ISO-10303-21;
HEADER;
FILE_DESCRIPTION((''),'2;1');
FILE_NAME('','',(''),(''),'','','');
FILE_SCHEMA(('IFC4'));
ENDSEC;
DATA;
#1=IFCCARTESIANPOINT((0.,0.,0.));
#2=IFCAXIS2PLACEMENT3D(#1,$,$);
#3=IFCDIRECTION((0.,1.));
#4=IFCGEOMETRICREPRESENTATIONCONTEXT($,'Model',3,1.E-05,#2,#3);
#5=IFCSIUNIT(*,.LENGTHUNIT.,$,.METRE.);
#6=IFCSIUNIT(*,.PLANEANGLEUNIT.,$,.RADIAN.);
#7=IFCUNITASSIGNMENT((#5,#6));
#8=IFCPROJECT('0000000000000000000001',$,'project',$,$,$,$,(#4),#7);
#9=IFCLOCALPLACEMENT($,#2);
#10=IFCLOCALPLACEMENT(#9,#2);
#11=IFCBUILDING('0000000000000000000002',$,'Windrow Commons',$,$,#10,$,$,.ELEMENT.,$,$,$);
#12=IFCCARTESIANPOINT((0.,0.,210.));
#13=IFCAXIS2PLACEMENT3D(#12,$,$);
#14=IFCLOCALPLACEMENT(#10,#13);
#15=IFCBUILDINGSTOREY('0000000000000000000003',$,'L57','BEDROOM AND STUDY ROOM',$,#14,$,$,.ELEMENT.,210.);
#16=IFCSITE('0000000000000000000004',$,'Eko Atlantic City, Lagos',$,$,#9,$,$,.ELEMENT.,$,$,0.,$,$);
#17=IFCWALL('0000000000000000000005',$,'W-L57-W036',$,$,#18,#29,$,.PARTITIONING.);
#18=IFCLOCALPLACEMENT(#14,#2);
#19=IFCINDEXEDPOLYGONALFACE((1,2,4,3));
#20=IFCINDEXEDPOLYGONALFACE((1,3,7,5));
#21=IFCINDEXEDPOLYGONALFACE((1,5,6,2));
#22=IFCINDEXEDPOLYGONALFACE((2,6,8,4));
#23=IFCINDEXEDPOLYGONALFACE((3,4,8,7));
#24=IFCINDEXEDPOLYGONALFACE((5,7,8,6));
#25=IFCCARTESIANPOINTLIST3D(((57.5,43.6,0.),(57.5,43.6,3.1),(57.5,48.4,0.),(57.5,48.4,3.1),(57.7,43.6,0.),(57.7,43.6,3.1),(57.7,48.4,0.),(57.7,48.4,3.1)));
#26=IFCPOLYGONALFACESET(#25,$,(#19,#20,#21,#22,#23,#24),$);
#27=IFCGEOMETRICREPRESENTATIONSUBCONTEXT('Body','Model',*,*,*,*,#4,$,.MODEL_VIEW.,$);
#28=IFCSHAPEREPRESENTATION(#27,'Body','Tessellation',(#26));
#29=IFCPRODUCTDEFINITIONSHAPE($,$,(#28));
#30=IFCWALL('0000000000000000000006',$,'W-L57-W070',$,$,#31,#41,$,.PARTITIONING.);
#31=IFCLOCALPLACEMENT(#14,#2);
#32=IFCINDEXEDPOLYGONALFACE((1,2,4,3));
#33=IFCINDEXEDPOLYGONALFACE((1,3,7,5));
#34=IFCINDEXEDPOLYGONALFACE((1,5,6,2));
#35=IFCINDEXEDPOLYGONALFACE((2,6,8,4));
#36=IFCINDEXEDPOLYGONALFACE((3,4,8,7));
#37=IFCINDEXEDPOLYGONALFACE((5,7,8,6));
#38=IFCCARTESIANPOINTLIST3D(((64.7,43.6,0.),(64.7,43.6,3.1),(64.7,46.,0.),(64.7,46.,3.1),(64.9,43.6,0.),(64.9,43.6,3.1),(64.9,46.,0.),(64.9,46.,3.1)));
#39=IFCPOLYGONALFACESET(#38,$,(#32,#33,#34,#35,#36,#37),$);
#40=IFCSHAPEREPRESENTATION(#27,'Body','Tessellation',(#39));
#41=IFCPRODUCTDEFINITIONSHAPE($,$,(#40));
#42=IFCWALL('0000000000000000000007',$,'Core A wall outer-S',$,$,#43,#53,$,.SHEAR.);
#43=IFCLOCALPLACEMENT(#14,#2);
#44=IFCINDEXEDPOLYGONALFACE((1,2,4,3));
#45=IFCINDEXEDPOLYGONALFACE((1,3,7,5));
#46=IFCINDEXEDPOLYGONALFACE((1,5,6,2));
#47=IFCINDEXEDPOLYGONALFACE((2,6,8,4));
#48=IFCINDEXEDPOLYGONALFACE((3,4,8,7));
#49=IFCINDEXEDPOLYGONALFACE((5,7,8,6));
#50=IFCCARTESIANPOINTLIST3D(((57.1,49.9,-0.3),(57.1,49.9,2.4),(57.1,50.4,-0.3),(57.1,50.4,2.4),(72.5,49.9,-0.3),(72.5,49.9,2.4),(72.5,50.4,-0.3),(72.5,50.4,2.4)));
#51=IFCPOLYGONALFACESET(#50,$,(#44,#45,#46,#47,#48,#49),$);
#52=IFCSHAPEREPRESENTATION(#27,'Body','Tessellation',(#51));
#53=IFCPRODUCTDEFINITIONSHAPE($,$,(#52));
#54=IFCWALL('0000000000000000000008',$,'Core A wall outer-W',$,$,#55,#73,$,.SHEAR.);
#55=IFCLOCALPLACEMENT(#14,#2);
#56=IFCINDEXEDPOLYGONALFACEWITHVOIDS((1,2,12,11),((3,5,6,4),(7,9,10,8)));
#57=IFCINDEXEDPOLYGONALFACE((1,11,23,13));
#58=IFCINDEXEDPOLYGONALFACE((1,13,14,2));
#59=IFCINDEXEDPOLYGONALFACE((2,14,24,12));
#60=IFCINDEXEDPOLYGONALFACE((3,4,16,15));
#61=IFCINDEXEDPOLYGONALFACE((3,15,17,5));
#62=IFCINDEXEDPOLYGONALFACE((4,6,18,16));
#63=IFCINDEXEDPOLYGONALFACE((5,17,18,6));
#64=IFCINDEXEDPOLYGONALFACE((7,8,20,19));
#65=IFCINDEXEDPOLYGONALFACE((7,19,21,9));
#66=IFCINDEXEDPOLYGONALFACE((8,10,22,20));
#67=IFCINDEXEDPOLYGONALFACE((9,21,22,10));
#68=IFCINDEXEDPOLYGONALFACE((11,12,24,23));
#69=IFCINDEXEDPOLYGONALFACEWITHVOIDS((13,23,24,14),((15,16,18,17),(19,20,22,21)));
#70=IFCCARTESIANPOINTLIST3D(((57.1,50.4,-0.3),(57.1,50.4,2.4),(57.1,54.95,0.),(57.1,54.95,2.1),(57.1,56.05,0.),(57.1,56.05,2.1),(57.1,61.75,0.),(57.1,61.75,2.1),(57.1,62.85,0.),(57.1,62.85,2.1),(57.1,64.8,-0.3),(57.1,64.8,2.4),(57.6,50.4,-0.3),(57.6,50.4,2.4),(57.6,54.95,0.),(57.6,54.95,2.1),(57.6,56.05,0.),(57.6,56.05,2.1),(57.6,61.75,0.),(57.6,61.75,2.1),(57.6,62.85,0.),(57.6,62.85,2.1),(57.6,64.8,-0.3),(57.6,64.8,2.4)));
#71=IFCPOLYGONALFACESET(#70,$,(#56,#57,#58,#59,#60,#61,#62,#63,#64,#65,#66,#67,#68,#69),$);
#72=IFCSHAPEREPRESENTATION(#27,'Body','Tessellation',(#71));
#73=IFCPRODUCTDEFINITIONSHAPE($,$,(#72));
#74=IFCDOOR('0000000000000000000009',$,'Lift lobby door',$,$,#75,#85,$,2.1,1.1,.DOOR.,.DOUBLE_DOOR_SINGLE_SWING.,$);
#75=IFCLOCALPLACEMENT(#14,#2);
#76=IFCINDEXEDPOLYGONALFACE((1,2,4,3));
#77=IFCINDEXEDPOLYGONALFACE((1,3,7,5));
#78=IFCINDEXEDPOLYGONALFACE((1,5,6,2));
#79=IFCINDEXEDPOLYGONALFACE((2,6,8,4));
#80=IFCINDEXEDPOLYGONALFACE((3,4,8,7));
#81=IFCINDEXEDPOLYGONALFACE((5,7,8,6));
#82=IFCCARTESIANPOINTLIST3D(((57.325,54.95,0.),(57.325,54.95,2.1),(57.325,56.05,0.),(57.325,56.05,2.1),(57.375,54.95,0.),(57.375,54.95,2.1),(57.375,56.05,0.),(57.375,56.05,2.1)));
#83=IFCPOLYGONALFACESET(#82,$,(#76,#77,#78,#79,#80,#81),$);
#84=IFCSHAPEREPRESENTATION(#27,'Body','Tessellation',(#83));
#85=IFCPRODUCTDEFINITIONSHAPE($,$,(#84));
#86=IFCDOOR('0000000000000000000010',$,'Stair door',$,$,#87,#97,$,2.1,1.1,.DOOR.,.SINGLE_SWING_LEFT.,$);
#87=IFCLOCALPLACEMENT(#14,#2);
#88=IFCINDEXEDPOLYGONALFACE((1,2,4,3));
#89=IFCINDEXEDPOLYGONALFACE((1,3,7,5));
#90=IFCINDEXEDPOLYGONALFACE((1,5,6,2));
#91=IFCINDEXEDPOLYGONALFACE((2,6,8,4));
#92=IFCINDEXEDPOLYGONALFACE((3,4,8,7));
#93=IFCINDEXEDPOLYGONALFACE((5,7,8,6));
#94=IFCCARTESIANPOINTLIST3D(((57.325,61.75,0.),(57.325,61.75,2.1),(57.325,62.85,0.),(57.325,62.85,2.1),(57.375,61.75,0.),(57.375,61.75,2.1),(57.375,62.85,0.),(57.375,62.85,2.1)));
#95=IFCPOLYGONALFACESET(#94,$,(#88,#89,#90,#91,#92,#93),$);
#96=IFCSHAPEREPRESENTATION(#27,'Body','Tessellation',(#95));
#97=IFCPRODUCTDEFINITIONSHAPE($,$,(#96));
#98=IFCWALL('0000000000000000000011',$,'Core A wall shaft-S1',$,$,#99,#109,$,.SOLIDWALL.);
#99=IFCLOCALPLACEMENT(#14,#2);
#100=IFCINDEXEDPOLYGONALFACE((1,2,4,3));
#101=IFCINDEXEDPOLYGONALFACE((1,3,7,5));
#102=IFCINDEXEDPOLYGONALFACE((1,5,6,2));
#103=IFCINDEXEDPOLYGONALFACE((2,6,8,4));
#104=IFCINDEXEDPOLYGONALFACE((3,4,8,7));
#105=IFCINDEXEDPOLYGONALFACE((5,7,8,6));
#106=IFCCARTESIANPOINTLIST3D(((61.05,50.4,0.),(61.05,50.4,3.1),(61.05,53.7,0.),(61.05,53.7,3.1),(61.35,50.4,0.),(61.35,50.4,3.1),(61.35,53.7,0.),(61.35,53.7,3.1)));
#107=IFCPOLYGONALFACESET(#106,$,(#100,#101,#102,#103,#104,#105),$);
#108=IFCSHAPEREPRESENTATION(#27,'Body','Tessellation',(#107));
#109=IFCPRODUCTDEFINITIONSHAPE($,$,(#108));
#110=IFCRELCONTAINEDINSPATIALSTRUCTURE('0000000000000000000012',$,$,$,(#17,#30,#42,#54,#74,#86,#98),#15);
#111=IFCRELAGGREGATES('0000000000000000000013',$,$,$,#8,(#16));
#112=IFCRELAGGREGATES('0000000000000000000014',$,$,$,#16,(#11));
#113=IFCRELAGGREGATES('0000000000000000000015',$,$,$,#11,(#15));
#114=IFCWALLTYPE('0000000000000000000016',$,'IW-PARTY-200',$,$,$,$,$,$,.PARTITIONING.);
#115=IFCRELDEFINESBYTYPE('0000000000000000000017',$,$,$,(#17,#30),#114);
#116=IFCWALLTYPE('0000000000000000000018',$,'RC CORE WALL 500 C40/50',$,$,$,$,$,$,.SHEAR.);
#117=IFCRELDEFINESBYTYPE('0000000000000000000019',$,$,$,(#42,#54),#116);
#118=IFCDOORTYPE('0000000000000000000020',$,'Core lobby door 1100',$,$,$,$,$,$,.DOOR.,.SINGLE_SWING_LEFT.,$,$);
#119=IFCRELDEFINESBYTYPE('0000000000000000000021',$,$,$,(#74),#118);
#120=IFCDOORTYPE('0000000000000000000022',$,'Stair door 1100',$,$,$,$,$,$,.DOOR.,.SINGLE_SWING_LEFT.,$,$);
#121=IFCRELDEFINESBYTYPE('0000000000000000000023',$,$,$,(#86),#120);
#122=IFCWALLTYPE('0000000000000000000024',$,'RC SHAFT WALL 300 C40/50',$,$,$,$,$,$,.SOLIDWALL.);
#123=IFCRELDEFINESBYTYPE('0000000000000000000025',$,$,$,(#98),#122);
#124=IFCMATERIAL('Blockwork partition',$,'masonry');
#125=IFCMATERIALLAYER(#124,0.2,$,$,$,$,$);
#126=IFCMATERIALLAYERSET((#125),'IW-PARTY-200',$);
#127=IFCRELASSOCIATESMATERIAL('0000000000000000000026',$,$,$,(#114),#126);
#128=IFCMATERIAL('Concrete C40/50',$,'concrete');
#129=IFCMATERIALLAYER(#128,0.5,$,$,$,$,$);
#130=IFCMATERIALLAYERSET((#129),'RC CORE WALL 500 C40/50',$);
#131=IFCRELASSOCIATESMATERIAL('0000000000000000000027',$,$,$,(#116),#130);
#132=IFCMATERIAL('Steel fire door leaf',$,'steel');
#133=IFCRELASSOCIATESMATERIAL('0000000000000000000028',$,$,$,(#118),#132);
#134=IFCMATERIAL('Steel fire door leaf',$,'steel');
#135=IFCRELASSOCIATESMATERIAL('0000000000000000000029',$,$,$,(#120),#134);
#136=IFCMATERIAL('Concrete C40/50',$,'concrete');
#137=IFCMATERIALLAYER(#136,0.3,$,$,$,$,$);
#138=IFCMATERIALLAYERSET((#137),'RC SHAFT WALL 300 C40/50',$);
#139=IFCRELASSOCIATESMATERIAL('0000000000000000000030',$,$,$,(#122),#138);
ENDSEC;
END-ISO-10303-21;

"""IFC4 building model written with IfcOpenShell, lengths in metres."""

from ifc_helpers import new_model, si_unit, direction, frame, frame_2d, origin, place, context, subcontext, project, spatial, rectangle, extrude, material, layer, layer_set, type_object, element, fill, save


model = new_model("IFC4")

# Units and contexts
model_context = context("Model", 3, precision=1e-05, world=origin(), true_north=direction((0.0, 1.0)))
body_context = subcontext(model_context, "Body", "Model", "MODEL_VIEW")
ifc_project = project(units=[si_unit("LENGTHUNIT", "METRE"), si_unit("PLANEANGLEUNIT", "RADIAN")], contexts=[model_context])

# Site, building, storey
site_placement = place(None, origin())
site = spatial("IfcSite", under=ifc_project, at=site_placement, Name="Eko Atlantic City, Lagos", CompositionType="ELEMENT", RefElevation=0.0)
building_placement = place(site_placement, origin())
building = spatial("IfcBuilding", under=site, at=building_placement, Name="Windrow Commons", CompositionType="ELEMENT")
storey_placement = place(building_placement, frame((0.0, 0.0, 210.0)))
storey = spatial("IfcBuildingStorey", under=building, at=storey_placement, Name="L57", Description="BEDROOM AND STUDY ROOM", CompositionType="ELEMENT", Elevation=210.0)

# Walls
ifc_material_1 = material(Name="Blockwork partition", Category="masonry")
ifc_layer_1 = layer(ifc_material_1, 0.2)
ifc_layer_set_1 = layer_set([ifc_layer_1], Name="IW-PARTY-200")
wall_type_1 = type_object("IfcWallType", Name="IW-PARTY-200", PredefinedType="PARTITIONING", material=ifc_layer_set_1)
wall_1_placement = place(storey_placement, frame((57.6, 43.6, 0.0), z_axis=(0.0, 0.0, 1.0), x_axis=(0.0, 1.0, 0.0)))
element("IfcWall", 1, at=wall_1_placement, inside=storey, type_object=wall_type_1, Name="W-L57-W036", PredefinedType="PARTITIONING", context=body_context, shape_type="SweptSolid", body=[
    extrude(rectangle(XDim=4.8, YDim=0.2, at=frame_2d((2.4, 0.0))), origin(), (0.0, 0.0, 1.0), 3.1),
])
wall_2_placement = place(storey_placement, frame((64.8, 43.6, 0.0), z_axis=(0.0, 0.0, 1.0), x_axis=(0.0, 1.0, 0.0)))
element("IfcWall", 2, at=wall_2_placement, inside=storey, type_object=wall_type_1, Name="W-L57-W070", PredefinedType="PARTITIONING", context=body_context, shape_type="SweptSolid", body=[
    extrude(rectangle(XDim=2.4, YDim=0.2, at=frame_2d((1.2, 0.0))), origin(), (0.0, 0.0, 1.0), 3.1),
])
ifc_material_2 = material(Name="Concrete C40/50", Category="concrete")
ifc_layer_2 = layer(ifc_material_2, 0.5)
ifc_layer_set_2 = layer_set([ifc_layer_2], Name="RC CORE WALL 500 C40/50")
wall_type_2 = type_object("IfcWallType", Name="RC CORE WALL 500 C40/50", PredefinedType="SHEAR", material=ifc_layer_set_2)
wall_3_placement = place(storey_placement, frame((57.1, 50.15, -0.3), z_axis=(0.0, 0.0, 1.0), x_axis=(1.0, 0.0, 0.0)))
element("IfcWall", 3, at=wall_3_placement, inside=storey, type_object=wall_type_2, Name="Core A wall outer-S", PredefinedType="SHEAR", context=body_context, shape_type="SweptSolid", body=[
    extrude(rectangle(XDim=15.4, YDim=0.5, at=frame_2d((7.7, 0.0))), origin(), (0.0, 0.0, 1.0), 2.7),
])

# Wall, openings, doors
wall_4_placement = place(storey_placement, frame((57.35, 50.4, -0.3), z_axis=(0.0, 0.0, 1.0), x_axis=(0.0, 1.0, 0.0)))
wall_4 = element("IfcWall", 4, at=wall_4_placement, inside=storey, type_object=wall_type_2, Name="Core A wall outer-W", PredefinedType="SHEAR", context=body_context, shape_type="SweptSolid", body=[
    extrude(rectangle(XDim=14.4, YDim=0.5, at=frame_2d((7.2, 0.0))), origin(), (0.0, 0.0, 1.0), 2.7),
])
opening_1_placement = place(wall_4_placement, frame((4.55, 0.0, 0.3)))
opening_1 = element("IfcOpeningElement", 5, at=opening_1_placement, cuts=wall_4, PredefinedType="OPENING", context=body_context, shape_type="SweptSolid", body=[
    extrude(rectangle(XDim=1.1, YDim=2.1, at=frame_2d((0.55, 1.05))), frame((0.0, 0.26, 0.0), z_axis=(0.0, -1.0, 0.0), x_axis=(1.0, 0.0, 0.0)), (0.0, 0.0, 1.0), 0.52),
])
opening_2_placement = place(wall_4_placement, frame((11.35, 0.0, 0.3)))
opening_2 = element("IfcOpeningElement", 6, at=opening_2_placement, cuts=wall_4, PredefinedType="OPENING", context=body_context, shape_type="SweptSolid", body=[
    extrude(rectangle(XDim=1.1, YDim=2.1, at=frame_2d((0.55, 1.05))), frame((0.0, 0.26, 0.0), z_axis=(0.0, -1.0, 0.0), x_axis=(1.0, 0.0, 0.0)), (0.0, 0.0, 1.0), 0.52),
])
ifc_material_3 = material(Name="Steel fire door leaf", Category="steel")
door_type_1 = type_object("IfcDoorType", Name="Core lobby door 1100", OperationType="SINGLE_SWING_LEFT", PredefinedType="DOOR", material=ifc_material_3)
door_1_placement = place(opening_1_placement, origin())
door_1 = element("IfcDoor", 7, at=door_1_placement, inside=storey, type_object=door_type_1, Name="Lift lobby door", OperationType="DOUBLE_DOOR_SINGLE_SWING", OverallHeight=2.1, OverallWidth=1.1, PredefinedType="DOOR", context=body_context, shape_type="SweptSolid", body=[
    extrude(rectangle(XDim=1.1, YDim=2.1, at=frame_2d((0.55, 1.05))), frame((0.0, 0.025, 0.0), z_axis=(0.0, -1.0, 0.0), x_axis=(1.0, 0.0, 0.0)), (0.0, 0.0, 1.0), 0.05),
])
fill(opening_1, door_1)
ifc_material_4 = material(Name="Steel fire door leaf", Category="steel")
door_type_2 = type_object("IfcDoorType", Name="Stair door 1100", OperationType="SINGLE_SWING_LEFT", PredefinedType="DOOR", material=ifc_material_4)
door_2_placement = place(opening_2_placement, origin())
door_2 = element("IfcDoor", 8, at=door_2_placement, inside=storey, type_object=door_type_2, Name="Stair door", OperationType="SINGLE_SWING_LEFT", OverallHeight=2.1, OverallWidth=1.1, PredefinedType="DOOR", context=body_context, shape_type="SweptSolid", body=[
    extrude(rectangle(XDim=1.1, YDim=2.1, at=frame_2d((0.55, 1.05))), frame((0.0, 0.025, 0.0), z_axis=(0.0, -1.0, 0.0), x_axis=(1.0, 0.0, 0.0)), (0.0, 0.0, 1.0), 0.05),
])
fill(opening_2, door_2)

# Wall
ifc_material_5 = material(Name="Concrete C40/50", Category="concrete")
ifc_layer_3 = layer(ifc_material_5, 0.3)
ifc_layer_set_3 = layer_set([ifc_layer_3], Name="RC SHAFT WALL 300 C40/50")
wall_type_3 = type_object("IfcWallType", Name="RC SHAFT WALL 300 C40/50", PredefinedType="SOLIDWALL", material=ifc_layer_set_3)
wall_5_placement = place(storey_placement, frame((61.2, 50.4, 0.0), z_axis=(0.0, 0.0, 1.0), x_axis=(0.0, 1.0, 0.0)))
element("IfcWall", 9, at=wall_5_placement, inside=storey, type_object=wall_type_3, Name="Core A wall shaft-S1", PredefinedType="SOLIDWALL", context=body_context, shape_type="SweptSolid", body=[
    extrude(rectangle(XDim=3.3, YDim=0.3, at=frame_2d((1.65, 0.0))), origin(), (0.0, 0.0, 1.0), 3.1),
])

save(model, "model.ifc")
